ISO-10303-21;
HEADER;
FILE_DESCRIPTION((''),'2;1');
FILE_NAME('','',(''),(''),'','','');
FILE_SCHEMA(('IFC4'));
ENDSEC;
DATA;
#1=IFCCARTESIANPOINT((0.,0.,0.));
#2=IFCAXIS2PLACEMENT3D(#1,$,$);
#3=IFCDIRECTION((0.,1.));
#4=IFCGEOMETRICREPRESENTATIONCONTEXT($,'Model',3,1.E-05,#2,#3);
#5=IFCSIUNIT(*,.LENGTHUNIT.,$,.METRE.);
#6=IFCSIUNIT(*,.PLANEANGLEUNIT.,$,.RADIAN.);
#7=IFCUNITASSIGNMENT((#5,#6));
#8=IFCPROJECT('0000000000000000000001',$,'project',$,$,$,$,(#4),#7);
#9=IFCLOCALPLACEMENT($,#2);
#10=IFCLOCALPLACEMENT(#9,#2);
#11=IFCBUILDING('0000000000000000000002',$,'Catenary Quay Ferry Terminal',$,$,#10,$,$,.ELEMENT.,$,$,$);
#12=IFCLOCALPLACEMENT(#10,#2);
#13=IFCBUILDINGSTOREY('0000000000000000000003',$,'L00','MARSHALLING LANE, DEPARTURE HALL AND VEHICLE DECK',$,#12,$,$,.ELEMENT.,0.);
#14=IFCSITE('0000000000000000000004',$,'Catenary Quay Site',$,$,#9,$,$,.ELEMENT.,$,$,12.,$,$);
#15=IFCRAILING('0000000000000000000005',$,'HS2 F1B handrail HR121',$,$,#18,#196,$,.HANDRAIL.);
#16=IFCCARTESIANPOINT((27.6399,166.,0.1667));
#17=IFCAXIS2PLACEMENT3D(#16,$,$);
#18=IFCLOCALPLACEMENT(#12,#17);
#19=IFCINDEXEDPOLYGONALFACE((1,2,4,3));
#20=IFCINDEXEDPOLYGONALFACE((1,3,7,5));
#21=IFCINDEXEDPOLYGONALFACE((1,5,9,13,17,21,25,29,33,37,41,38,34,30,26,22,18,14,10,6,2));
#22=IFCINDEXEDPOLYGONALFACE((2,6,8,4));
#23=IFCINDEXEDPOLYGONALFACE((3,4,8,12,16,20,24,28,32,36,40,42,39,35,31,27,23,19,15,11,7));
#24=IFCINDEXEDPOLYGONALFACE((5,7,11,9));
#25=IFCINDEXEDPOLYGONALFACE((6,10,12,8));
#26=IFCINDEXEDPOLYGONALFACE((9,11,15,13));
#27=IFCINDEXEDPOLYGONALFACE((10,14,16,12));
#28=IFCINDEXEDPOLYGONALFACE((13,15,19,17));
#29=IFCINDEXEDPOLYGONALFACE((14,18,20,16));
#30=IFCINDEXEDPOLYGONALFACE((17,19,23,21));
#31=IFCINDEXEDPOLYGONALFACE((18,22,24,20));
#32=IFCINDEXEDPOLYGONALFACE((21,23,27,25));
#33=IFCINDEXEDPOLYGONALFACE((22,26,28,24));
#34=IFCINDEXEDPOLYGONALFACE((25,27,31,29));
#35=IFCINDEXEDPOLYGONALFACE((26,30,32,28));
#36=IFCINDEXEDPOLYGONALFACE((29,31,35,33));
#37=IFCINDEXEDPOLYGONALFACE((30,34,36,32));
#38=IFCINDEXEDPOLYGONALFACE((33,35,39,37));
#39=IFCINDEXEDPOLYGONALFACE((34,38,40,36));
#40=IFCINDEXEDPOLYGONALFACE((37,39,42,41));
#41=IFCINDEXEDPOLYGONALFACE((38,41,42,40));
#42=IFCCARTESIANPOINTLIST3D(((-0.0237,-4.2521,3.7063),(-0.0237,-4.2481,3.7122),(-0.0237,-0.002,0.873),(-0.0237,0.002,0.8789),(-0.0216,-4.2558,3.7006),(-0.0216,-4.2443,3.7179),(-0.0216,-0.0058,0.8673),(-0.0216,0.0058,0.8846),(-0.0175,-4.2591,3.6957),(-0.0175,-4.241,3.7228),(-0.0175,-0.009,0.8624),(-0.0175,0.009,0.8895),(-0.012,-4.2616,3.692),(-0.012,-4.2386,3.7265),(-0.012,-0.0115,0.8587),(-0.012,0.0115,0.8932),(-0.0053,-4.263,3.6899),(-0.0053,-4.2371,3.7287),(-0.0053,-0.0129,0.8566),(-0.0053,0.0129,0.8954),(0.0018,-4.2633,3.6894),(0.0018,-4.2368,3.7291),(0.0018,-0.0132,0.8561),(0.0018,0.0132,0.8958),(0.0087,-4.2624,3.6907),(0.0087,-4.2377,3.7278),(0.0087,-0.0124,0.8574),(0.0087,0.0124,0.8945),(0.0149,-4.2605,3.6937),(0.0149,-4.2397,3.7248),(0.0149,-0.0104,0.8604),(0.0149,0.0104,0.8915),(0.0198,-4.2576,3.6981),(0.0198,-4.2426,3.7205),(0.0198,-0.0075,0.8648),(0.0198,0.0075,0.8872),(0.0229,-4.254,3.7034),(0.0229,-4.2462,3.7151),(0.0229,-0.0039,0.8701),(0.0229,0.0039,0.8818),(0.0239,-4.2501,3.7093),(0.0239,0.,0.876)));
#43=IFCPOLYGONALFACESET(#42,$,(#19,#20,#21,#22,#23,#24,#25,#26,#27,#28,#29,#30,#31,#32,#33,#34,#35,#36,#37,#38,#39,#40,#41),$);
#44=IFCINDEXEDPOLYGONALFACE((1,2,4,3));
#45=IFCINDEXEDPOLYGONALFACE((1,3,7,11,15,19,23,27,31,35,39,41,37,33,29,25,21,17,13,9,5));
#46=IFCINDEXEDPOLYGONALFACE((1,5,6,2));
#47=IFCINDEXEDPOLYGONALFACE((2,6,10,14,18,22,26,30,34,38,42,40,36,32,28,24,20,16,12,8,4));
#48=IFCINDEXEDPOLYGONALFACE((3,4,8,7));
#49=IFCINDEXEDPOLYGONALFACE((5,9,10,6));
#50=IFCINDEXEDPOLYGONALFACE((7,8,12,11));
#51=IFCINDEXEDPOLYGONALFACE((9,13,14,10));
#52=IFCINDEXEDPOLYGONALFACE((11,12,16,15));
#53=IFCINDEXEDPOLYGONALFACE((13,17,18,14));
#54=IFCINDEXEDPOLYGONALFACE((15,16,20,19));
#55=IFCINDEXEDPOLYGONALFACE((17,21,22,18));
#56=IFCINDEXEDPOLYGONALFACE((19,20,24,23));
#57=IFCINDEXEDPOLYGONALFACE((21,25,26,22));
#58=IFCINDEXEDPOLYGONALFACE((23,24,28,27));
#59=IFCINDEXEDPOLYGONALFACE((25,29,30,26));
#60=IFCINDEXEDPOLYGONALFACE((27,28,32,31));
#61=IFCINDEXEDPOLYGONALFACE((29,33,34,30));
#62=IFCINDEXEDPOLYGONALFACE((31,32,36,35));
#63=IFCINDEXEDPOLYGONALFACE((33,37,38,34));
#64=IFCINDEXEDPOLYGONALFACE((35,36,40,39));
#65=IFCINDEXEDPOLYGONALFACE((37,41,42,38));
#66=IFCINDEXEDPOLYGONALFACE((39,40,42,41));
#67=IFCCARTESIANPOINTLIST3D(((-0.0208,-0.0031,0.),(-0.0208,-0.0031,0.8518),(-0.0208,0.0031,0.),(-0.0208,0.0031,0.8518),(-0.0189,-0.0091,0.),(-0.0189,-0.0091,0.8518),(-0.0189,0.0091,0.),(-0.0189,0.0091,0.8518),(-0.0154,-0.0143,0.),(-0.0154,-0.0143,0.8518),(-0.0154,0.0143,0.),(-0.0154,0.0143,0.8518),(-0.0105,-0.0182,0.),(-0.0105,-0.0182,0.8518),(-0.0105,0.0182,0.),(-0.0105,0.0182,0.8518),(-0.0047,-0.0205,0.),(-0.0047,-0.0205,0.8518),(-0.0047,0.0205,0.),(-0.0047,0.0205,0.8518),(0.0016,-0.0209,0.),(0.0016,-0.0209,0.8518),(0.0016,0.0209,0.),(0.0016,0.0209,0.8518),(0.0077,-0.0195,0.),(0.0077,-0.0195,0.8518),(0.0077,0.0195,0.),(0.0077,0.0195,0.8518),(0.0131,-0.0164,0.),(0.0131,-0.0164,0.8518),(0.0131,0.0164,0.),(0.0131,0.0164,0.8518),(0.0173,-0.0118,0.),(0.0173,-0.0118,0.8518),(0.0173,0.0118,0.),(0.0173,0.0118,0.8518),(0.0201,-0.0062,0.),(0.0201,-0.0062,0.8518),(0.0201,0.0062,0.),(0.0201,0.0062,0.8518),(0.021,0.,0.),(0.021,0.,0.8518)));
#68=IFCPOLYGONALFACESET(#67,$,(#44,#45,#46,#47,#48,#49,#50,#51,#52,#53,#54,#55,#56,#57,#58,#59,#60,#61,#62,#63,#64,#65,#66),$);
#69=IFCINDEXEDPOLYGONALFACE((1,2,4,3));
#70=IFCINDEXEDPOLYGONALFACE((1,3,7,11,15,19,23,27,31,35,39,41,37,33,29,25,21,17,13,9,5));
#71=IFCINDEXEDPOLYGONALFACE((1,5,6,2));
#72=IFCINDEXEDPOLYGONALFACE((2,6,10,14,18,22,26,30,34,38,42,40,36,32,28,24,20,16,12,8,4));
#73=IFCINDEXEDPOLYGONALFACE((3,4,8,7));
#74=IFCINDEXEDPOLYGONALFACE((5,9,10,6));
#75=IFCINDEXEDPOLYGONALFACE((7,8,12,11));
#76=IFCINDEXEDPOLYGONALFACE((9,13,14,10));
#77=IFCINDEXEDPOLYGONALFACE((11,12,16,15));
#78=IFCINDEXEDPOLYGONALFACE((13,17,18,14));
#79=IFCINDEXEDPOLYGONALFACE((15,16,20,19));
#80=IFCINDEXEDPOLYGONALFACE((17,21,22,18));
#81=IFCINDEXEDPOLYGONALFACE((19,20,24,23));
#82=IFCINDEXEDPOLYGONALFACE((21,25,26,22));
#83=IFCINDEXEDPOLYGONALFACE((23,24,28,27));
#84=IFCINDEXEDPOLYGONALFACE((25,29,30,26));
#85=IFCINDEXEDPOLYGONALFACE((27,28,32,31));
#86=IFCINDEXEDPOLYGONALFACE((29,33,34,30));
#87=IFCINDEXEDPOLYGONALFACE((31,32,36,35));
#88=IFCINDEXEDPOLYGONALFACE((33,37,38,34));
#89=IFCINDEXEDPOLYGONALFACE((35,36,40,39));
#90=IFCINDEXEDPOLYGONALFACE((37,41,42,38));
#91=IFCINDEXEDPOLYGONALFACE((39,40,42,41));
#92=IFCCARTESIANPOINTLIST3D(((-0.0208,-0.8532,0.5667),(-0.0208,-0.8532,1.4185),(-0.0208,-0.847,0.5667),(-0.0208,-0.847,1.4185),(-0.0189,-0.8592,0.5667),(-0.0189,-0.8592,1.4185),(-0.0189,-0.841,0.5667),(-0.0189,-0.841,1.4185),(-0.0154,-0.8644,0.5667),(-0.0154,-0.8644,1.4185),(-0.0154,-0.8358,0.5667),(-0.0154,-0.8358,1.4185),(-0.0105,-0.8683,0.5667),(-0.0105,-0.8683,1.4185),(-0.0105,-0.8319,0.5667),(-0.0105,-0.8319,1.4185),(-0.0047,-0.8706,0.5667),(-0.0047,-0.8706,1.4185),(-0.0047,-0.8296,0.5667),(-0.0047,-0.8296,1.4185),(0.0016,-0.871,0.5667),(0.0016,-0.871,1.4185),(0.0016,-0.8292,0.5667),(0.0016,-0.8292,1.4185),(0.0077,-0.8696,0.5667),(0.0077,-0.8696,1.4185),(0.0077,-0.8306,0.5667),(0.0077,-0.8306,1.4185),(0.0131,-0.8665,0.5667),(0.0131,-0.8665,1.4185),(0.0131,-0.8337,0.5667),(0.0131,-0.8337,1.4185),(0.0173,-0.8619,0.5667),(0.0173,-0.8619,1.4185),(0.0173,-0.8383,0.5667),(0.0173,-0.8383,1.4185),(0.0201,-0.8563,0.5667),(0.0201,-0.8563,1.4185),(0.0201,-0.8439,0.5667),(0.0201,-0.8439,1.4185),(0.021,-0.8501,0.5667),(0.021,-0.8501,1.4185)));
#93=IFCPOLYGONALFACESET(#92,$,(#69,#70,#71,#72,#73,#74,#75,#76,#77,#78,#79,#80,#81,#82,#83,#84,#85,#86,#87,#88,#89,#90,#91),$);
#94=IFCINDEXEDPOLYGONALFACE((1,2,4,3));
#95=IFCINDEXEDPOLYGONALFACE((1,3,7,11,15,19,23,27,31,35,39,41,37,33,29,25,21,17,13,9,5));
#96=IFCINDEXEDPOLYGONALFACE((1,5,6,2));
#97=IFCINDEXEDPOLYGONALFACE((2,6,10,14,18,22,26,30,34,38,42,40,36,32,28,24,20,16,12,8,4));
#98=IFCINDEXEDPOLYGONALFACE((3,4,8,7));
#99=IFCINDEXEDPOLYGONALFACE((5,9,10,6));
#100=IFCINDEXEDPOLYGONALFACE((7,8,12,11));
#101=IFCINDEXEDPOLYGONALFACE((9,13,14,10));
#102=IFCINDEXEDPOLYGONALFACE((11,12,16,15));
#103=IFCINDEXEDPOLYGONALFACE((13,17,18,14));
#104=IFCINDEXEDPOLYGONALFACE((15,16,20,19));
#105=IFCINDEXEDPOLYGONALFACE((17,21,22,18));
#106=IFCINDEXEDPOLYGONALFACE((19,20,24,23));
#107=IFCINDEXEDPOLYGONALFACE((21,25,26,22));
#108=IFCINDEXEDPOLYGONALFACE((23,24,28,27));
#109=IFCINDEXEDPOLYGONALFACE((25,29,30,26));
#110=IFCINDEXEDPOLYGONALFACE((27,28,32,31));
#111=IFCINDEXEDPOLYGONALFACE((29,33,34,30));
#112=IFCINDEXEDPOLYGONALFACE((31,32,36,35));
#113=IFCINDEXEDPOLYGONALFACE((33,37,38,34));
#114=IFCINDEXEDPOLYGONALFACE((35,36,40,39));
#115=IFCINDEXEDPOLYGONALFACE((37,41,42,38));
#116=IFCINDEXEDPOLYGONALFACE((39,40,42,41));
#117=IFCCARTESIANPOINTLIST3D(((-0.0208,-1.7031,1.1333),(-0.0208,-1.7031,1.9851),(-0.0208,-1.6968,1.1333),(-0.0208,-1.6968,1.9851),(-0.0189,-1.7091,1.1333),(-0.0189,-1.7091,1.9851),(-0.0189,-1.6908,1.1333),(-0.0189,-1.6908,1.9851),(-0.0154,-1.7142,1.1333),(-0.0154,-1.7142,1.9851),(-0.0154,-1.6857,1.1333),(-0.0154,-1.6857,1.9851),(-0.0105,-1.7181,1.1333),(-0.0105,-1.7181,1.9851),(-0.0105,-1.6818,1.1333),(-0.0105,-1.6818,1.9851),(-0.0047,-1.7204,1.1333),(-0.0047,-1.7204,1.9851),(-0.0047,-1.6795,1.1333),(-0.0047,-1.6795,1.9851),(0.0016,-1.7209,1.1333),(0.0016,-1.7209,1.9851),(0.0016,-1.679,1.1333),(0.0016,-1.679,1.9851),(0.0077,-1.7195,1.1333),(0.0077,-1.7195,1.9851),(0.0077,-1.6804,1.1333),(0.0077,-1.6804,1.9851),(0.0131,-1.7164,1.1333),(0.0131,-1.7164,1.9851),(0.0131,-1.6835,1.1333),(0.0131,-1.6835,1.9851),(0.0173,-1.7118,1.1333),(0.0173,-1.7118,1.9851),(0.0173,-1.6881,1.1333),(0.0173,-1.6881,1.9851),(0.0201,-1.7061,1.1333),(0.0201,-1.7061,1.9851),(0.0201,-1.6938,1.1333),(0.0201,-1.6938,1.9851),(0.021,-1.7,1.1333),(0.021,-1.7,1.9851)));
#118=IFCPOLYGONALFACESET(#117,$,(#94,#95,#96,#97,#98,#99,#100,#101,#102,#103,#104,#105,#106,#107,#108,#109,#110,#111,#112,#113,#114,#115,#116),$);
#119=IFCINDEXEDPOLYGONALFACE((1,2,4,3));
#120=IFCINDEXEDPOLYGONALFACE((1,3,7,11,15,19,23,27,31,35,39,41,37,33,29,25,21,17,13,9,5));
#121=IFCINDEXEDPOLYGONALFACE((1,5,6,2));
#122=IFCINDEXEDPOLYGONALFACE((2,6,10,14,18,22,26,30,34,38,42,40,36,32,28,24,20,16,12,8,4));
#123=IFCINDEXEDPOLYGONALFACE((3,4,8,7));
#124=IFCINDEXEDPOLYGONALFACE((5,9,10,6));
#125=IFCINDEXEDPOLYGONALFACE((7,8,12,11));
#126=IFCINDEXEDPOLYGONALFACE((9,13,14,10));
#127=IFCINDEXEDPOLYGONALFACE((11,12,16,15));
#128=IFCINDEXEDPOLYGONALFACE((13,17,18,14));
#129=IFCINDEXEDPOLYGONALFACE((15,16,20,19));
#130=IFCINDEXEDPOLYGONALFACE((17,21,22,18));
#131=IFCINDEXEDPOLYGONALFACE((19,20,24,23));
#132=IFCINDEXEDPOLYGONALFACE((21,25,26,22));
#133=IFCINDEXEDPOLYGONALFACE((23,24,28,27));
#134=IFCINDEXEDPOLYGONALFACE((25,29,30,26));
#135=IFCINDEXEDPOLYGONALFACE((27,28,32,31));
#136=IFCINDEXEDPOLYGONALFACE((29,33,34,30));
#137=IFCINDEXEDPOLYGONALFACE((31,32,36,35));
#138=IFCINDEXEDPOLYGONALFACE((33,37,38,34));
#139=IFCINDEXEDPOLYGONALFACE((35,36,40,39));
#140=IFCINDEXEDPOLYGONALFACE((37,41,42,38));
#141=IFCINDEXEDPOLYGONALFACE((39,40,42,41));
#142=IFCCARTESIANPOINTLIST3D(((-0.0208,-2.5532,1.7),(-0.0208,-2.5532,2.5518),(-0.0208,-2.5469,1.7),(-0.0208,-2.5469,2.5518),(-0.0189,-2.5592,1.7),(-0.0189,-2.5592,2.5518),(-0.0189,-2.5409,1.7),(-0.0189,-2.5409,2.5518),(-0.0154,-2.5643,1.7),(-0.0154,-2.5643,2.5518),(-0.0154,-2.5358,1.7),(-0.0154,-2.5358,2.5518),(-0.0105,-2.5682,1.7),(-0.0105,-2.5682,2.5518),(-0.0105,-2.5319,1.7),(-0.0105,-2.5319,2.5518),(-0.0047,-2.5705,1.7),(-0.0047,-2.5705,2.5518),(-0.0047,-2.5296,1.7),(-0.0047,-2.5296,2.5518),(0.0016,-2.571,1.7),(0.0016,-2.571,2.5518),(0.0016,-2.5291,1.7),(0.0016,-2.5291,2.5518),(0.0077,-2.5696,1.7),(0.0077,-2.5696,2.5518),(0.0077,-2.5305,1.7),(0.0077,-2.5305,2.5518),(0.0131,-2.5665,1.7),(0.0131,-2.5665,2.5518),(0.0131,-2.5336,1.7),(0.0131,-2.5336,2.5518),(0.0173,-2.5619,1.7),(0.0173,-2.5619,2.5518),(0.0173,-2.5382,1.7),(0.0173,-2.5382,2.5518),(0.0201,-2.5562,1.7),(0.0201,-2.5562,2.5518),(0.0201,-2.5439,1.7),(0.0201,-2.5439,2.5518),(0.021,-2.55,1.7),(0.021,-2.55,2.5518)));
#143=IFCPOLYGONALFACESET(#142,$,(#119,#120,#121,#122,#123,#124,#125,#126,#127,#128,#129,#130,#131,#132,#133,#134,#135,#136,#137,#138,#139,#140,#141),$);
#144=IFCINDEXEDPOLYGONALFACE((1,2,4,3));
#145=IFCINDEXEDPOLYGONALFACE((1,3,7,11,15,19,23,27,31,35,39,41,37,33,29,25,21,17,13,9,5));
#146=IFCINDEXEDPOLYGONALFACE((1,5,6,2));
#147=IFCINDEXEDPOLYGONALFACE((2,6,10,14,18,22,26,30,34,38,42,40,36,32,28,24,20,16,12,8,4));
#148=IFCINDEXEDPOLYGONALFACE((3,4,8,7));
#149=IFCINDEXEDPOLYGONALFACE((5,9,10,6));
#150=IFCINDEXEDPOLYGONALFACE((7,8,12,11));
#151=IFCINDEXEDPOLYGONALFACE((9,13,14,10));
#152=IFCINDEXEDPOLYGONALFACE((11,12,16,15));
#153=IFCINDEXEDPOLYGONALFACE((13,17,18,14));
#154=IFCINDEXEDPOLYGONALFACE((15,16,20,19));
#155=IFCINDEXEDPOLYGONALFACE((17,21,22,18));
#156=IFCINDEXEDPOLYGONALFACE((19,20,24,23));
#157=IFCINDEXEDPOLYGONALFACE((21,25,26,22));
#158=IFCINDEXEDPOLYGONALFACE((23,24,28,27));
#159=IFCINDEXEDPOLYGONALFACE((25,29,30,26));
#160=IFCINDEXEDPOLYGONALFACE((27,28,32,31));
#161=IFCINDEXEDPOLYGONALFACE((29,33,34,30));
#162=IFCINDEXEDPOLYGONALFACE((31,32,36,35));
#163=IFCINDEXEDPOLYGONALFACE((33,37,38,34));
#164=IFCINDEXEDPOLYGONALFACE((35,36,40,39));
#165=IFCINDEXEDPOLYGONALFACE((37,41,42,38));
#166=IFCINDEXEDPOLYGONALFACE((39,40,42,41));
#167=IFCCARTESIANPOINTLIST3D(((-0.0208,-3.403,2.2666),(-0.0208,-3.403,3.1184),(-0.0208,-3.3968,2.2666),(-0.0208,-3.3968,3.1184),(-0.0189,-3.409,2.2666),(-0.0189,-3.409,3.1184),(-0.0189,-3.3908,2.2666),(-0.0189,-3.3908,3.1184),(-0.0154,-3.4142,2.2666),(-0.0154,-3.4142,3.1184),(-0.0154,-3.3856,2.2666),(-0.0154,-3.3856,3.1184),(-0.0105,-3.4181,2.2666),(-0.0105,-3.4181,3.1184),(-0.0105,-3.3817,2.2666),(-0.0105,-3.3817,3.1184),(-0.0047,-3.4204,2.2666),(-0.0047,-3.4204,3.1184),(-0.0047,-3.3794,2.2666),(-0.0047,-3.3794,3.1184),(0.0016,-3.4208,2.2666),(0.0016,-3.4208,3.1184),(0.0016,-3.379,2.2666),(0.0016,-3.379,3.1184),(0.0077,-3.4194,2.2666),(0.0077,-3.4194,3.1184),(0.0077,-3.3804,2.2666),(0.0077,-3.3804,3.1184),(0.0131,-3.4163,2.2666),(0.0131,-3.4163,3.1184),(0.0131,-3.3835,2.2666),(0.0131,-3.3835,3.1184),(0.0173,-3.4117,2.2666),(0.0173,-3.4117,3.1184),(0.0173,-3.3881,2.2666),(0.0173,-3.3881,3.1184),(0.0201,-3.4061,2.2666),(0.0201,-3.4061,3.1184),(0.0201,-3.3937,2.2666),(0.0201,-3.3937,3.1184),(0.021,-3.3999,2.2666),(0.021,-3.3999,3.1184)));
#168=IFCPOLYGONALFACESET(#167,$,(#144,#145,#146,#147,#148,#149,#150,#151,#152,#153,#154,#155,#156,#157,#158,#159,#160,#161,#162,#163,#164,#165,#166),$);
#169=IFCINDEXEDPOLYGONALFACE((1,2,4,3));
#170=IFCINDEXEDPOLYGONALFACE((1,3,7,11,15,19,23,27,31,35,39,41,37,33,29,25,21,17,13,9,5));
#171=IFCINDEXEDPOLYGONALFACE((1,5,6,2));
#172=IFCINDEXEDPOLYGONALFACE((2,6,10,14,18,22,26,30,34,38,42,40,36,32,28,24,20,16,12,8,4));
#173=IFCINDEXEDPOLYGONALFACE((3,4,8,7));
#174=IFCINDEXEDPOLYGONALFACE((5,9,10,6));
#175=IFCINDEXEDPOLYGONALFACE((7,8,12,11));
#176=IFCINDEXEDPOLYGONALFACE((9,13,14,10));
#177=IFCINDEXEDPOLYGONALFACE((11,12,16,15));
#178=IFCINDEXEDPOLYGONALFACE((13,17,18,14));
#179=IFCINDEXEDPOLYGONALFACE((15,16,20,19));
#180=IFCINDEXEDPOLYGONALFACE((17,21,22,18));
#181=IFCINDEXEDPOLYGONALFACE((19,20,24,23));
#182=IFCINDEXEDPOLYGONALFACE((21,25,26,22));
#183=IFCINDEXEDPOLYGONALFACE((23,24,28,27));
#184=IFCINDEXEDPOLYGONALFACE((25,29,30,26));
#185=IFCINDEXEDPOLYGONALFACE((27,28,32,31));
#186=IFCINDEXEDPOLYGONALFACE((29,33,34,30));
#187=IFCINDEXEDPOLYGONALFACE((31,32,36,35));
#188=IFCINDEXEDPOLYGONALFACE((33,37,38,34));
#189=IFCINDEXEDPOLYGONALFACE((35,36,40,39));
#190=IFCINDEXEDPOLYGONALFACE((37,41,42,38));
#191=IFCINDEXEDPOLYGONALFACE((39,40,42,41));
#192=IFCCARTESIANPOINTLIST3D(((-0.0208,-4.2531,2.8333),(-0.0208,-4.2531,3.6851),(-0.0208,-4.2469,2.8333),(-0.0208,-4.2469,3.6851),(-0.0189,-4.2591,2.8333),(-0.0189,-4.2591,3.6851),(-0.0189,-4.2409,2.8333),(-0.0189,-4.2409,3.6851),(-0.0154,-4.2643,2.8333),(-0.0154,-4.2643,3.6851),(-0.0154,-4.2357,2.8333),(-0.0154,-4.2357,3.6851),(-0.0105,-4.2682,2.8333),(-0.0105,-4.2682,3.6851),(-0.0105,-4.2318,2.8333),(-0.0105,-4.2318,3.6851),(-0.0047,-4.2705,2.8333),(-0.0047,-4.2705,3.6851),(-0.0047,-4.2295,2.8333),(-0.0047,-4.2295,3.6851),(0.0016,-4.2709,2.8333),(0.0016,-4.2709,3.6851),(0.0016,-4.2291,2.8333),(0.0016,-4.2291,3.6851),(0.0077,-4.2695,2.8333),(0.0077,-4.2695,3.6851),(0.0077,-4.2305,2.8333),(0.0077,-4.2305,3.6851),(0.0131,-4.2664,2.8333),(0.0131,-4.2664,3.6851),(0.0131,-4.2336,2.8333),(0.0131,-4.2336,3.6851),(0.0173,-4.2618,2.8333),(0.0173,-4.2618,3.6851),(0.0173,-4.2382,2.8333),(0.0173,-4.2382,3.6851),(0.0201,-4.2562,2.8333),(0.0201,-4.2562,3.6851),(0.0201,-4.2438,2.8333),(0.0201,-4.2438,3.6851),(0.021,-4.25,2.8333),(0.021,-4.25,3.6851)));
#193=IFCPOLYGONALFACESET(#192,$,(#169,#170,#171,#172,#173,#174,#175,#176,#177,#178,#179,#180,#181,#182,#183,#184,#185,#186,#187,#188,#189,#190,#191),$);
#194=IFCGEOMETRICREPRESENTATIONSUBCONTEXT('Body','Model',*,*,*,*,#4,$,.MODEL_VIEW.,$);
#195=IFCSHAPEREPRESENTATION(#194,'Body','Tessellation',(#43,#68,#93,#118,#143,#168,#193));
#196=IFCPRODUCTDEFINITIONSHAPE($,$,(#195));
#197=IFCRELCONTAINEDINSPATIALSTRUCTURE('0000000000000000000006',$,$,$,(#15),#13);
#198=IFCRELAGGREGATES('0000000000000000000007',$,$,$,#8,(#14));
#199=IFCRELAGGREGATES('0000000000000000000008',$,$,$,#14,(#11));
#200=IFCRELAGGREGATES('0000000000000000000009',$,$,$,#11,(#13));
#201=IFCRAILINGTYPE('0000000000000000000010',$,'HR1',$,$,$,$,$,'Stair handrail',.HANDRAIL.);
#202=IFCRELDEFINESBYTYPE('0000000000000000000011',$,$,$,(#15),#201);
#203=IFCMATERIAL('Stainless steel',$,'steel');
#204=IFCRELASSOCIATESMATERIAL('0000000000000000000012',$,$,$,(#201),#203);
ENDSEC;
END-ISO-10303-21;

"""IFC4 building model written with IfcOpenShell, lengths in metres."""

from ifc_helpers import new_model, si_unit, direction, frame, origin, origin_2d, place, context, subcontext, project, spatial, circle, extrude, material, type_object, element, save


model = new_model("IFC4")

# Units and contexts
model_context = context("Model", 3, precision=1e-05, world=origin(), true_north=direction((0.0, 1.0)))
body_context = subcontext(model_context, "Body", "Model", "MODEL_VIEW")
ifc_project = project(units=[si_unit("LENGTHUNIT", "METRE"), si_unit("PLANEANGLEUNIT", "RADIAN")], contexts=[model_context])

# Site, building, storey
site_placement = place(None, origin())
site = spatial("IfcSite", under=ifc_project, at=site_placement, Name="Catenary Quay Site", CompositionType="ELEMENT", RefElevation=12.0)
building_placement = place(site_placement, origin())
building = spatial("IfcBuilding", under=site, at=building_placement, Name="Catenary Quay Ferry Terminal", CompositionType="ELEMENT")
storey_placement = place(building_placement, origin())
storey = spatial("IfcBuildingStorey", under=building, at=storey_placement, Name="L00", Description="MARSHALLING LANE, DEPARTURE HALL AND VEHICLE DECK", CompositionType="ELEMENT", Elevation=0.0)

# Railing
ifc_material_1 = material(Name="Stainless steel", Category="steel")
railing_type = type_object("IfcRailingType", Name="HR1", ElementType="Stair handrail", PredefinedType="HANDRAIL", material=ifc_material_1)
for number, where, name in (
    (1, (27.6399, 166.0, 0.1667), "HS2 F1B handrail HR121"),
):
    element("IfcRailing", number, at=place(storey_placement, frame(where)), inside=storey, type_object=railing_type, Name=name, PredefinedType="HANDRAIL", context=body_context, shape_type="SweptSolid", body=[
        extrude(circle(Radius=0.0239, at=origin_2d()), frame((0.0, 0.0, 0.876), z_axis=(0.0, -0.832058, 0.554689), x_axis=(1.0, 0.0, 0.0)), (0.0, 0.0, 1.0), 5.1079),
        extrude(circle(Radius=0.021, at=origin_2d()), origin(), (0.0, 0.0, 1.0), 0.8518),
        extrude(circle(Radius=0.021, at=origin_2d()), frame((0.0, -0.8501, 0.5667)), (0.0, 0.0, 1.0), 0.8518),
        extrude(circle(Radius=0.021, at=origin_2d()), frame((0.0, -1.7, 1.1333)), (0.0, 0.0, 1.0), 0.8518),
        extrude(circle(Radius=0.021, at=origin_2d()), frame((0.0, -2.55, 1.7)), (0.0, 0.0, 1.0), 0.8518),
        extrude(circle(Radius=0.021, at=origin_2d()), frame((0.0, -3.3999, 2.2666)), (0.0, 0.0, 1.0), 0.8518),
        extrude(circle(Radius=0.021, at=origin_2d()), frame((0.0, -4.25, 2.8333)), (0.0, 0.0, 1.0), 0.8518),
    ])

save(model, "model.ifc")
